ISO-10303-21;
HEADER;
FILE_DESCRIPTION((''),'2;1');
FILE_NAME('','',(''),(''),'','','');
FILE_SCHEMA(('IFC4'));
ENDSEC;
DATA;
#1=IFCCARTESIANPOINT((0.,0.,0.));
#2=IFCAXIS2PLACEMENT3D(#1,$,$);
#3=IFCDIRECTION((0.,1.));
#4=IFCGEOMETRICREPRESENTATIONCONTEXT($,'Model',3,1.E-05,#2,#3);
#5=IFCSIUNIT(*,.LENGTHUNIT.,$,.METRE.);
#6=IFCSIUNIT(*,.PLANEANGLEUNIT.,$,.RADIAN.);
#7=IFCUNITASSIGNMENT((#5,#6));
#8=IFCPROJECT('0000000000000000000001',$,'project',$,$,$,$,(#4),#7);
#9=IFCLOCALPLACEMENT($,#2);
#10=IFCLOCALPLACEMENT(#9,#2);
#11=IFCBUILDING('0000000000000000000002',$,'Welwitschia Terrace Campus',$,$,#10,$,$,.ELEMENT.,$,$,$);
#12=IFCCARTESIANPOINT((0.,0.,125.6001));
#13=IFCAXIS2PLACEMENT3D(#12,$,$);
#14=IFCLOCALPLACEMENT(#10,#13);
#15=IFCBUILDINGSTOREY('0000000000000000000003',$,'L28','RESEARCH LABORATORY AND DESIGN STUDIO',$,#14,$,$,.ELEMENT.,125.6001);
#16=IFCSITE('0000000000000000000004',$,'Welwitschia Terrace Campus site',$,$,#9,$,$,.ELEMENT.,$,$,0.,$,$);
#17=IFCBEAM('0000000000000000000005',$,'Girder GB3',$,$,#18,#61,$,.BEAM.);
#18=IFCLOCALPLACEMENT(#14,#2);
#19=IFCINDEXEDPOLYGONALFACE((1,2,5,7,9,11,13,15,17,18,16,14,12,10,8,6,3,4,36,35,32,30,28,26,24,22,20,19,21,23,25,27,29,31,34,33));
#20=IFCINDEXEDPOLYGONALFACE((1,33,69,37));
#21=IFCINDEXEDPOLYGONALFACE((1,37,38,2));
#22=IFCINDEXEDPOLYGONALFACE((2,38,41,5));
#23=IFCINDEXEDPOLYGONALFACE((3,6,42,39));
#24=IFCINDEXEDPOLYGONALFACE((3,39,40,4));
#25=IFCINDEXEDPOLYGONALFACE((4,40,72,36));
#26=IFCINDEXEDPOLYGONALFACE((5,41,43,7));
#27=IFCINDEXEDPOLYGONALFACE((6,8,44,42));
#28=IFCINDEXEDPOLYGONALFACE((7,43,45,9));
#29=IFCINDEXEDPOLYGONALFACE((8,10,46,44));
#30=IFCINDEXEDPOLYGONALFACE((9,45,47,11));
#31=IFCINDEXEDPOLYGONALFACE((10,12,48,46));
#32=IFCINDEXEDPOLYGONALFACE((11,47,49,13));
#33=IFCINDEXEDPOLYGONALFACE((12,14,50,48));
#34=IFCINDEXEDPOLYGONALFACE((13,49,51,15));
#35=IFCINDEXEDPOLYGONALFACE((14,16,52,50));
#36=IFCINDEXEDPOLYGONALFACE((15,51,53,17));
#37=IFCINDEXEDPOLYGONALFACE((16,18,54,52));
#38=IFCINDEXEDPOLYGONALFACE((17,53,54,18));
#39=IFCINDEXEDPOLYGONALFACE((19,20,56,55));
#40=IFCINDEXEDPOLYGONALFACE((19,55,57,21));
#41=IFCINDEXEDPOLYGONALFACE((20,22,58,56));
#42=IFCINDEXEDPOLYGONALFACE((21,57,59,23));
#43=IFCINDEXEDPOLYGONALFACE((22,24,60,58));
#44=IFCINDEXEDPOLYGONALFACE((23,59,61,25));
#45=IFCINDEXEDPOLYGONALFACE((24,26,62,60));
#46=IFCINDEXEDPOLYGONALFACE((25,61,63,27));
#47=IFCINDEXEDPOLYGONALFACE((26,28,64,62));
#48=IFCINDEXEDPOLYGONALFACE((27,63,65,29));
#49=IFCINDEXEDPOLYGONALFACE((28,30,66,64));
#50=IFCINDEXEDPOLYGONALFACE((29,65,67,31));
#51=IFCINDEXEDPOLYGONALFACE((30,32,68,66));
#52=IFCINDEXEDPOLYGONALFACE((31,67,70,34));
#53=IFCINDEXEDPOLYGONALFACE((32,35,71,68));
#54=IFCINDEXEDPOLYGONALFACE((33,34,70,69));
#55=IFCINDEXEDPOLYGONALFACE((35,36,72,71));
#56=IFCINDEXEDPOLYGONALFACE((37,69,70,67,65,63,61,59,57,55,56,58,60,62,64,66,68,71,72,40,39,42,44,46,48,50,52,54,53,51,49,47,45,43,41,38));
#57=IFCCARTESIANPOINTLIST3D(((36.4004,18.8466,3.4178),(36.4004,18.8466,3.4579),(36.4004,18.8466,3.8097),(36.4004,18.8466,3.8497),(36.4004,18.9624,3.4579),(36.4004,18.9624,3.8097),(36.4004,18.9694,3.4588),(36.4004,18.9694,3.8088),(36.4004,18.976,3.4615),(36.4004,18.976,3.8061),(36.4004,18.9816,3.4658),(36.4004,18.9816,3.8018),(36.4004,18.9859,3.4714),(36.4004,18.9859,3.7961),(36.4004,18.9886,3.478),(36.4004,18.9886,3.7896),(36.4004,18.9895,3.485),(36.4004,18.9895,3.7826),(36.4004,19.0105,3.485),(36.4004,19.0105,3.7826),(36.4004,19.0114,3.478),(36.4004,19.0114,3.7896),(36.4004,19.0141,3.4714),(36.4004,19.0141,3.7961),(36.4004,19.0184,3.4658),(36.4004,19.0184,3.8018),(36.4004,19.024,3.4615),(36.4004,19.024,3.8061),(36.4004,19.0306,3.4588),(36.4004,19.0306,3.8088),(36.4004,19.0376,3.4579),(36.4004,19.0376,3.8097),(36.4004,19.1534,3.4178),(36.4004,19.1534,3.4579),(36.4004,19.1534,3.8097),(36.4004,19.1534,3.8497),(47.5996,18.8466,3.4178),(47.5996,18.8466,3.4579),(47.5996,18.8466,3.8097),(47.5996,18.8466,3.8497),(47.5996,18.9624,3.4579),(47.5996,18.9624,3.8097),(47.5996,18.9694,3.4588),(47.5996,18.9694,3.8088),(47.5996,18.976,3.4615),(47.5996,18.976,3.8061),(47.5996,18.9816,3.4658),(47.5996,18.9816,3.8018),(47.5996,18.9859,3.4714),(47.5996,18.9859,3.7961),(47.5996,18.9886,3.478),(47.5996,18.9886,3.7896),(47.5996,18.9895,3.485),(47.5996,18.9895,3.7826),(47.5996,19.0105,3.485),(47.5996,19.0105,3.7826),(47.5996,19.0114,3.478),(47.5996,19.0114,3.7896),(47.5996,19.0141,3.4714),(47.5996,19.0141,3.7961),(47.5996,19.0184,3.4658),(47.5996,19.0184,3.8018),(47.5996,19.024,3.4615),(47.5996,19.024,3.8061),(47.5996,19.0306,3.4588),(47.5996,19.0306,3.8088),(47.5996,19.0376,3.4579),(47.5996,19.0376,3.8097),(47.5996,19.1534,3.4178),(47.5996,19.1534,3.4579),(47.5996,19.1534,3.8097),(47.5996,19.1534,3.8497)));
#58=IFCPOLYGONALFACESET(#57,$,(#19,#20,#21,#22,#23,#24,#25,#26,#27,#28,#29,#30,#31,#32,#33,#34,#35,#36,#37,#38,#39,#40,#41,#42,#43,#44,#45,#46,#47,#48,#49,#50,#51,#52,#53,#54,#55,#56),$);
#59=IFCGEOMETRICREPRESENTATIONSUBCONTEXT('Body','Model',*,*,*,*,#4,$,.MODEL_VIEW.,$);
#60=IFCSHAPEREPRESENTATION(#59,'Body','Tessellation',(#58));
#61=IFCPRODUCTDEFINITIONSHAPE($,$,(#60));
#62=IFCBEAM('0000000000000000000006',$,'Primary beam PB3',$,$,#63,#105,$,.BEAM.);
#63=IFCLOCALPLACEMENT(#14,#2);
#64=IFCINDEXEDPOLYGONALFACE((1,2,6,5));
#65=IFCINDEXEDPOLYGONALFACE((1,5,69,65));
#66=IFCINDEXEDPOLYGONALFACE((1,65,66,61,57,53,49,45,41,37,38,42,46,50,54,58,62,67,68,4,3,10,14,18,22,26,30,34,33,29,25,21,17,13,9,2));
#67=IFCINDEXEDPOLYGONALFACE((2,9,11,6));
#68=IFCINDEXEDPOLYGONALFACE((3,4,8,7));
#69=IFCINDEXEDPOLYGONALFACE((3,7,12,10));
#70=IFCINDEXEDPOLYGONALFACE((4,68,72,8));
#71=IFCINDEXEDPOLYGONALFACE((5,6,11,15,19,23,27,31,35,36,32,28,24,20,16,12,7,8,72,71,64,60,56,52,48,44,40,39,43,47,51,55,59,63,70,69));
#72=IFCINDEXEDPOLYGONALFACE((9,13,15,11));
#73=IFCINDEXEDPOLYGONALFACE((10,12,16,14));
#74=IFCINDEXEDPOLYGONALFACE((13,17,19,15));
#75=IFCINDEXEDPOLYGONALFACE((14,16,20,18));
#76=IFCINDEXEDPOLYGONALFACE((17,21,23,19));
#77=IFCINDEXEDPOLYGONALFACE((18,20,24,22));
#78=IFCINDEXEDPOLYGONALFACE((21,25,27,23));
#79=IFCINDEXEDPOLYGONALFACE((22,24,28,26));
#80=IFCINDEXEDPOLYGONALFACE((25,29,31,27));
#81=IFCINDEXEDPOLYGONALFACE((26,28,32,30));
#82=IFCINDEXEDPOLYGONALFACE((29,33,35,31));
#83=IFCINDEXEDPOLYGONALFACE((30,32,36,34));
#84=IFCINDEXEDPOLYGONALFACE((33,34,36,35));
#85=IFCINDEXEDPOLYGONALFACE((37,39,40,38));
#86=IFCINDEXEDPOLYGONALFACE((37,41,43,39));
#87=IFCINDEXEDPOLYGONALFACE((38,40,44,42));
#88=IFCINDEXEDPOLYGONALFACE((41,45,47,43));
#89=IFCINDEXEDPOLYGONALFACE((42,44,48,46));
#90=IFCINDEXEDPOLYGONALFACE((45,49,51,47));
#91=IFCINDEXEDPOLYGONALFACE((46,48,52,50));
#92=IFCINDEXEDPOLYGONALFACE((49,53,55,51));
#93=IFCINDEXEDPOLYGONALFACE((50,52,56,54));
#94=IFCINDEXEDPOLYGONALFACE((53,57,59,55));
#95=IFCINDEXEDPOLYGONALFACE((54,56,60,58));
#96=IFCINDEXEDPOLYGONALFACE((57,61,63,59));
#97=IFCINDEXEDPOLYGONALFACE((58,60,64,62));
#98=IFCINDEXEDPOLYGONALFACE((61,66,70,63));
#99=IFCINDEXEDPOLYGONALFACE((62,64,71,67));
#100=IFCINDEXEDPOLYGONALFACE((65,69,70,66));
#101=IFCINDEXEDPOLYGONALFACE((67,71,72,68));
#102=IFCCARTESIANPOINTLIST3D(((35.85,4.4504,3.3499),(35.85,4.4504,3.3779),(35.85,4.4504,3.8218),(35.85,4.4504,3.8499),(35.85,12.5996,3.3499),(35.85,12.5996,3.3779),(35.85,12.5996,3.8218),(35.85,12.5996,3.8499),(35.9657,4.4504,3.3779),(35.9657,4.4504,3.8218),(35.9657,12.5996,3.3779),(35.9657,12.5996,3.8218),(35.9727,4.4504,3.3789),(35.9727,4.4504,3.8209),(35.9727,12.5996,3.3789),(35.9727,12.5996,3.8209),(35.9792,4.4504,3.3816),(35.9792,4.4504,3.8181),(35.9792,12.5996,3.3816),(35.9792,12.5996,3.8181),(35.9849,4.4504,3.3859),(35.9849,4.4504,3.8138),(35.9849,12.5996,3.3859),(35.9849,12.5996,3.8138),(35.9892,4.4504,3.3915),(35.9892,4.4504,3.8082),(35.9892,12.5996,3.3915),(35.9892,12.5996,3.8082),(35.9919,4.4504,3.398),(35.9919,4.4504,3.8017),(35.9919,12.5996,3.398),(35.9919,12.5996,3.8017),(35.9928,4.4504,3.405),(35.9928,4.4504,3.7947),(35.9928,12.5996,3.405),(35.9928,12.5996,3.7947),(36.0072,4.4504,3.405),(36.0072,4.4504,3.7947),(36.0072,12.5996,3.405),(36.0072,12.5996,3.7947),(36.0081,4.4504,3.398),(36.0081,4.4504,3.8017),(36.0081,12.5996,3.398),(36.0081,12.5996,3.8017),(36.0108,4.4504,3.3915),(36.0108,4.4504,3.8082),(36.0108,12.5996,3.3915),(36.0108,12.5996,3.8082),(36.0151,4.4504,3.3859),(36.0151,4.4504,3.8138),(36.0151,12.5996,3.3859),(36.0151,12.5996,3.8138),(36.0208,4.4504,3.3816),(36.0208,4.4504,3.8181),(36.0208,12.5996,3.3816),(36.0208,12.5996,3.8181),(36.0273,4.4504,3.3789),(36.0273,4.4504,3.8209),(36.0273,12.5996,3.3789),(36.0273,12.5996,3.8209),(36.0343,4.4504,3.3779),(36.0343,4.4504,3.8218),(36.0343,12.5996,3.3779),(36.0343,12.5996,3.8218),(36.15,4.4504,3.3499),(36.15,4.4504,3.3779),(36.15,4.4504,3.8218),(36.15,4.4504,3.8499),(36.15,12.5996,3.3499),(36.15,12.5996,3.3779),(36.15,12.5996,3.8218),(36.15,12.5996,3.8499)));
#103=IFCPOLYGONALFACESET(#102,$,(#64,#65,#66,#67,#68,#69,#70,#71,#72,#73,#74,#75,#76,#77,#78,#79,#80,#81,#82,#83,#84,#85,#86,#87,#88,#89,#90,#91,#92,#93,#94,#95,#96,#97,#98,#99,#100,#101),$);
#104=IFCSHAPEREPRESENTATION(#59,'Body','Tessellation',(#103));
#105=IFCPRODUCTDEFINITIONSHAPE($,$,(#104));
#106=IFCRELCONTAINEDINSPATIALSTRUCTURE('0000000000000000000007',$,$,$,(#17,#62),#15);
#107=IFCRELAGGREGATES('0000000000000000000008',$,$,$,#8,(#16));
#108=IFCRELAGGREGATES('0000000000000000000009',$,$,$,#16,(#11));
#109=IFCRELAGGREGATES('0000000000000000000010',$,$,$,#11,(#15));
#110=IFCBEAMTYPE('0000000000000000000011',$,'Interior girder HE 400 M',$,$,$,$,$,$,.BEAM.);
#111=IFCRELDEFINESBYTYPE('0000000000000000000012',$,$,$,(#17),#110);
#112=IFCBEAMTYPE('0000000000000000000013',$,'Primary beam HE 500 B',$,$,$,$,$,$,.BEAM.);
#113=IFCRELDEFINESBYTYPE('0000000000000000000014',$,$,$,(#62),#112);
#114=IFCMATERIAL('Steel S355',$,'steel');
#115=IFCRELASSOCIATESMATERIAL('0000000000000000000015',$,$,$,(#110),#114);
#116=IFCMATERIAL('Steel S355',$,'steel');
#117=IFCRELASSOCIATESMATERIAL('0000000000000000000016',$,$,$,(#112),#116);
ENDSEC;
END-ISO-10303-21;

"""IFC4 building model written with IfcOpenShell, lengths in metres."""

from ifc_helpers import new_model, si_unit, direction, frame, origin, origin_2d, place, context, subcontext, project, spatial, i_section, extrude, material, material_profile, profile_set, type_object, element, save


model = new_model("IFC4")

# Units and contexts
model_context = context("Model", 3, precision=1e-05, world=origin(), true_north=direction((0.0, 1.0)))
body_context = subcontext(model_context, "Body", "Model", "MODEL_VIEW")
ifc_project = project(units=[si_unit("LENGTHUNIT", "METRE"), si_unit("PLANEANGLEUNIT", "RADIAN")], contexts=[model_context])

# Site, building, storey
site_placement = place(None, origin())
site = spatial("IfcSite", under=ifc_project, at=site_placement, Name="Welwitschia Terrace Campus site", CompositionType="ELEMENT", RefElevation=0.0)
building_placement = place(site_placement, origin())
building = spatial("IfcBuilding", under=site, at=building_placement, Name="Welwitschia Terrace Campus", CompositionType="ELEMENT")
storey_placement = place(building_placement, frame((0.0, 0.0, 125.6001)))
storey = spatial("IfcBuildingStorey", under=building, at=storey_placement, Name="L28", Description="RESEARCH LABORATORY AND DESIGN STUDIO", CompositionType="ELEMENT", Elevation=125.6001)

# Beams
ifc_material_1 = material(Name="Steel S355", Category="steel")
ifc_material_profile_1 = material_profile(ifc_material_1, i_section(OverallWidth=0.3069, OverallDepth=0.4319, WebThickness=0.021, FlangeThickness=0.04, FilletRadius=0.0271, at=origin_2d()))
ifc_profile_set_1 = profile_set([ifc_material_profile_1], Name="Steel S355")
beam_type_1 = type_object("IfcBeamType", Name="Interior girder HE 400 M", PredefinedType="BEAM", material=ifc_profile_set_1)
beam_1_placement = place(storey_placement, frame((36.4004, 19.0, 3.6338), z_axis=(1.0, 0.0, 0.0), x_axis=(0.0, 1.0, 0.0)))
element("IfcBeam", 1, at=beam_1_placement, inside=storey, type_object=beam_type_1, Name="Girder GB3", PredefinedType="BEAM", context=body_context, shape_type="SweptSolid", body=[
    extrude(i_section(OverallWidth=0.3069, OverallDepth=0.4319, WebThickness=0.021, FlangeThickness=0.04, FilletRadius=0.0271, at=origin_2d()), origin(), (0.0, 0.0, 1.0), 11.1992),
])
ifc_material_2 = material(Name="Steel S355", Category="steel")
ifc_material_profile_2 = material_profile(ifc_material_2, i_section(OverallWidth=0.3, OverallDepth=0.5, WebThickness=0.0144, FlangeThickness=0.0281, FilletRadius=0.0271, at=origin_2d()))
ifc_profile_set_2 = profile_set([ifc_material_profile_2], Name="Steel S355")
beam_type_2 = type_object("IfcBeamType", Name="Primary beam HE 500 B", PredefinedType="BEAM", material=ifc_profile_set_2)
beam_2_placement = place(storey_placement, frame((36.0, 4.4504, 3.5999), z_axis=(0.0, 1.0, 0.0), x_axis=(-1.0, 0.0, 0.0)))
element("IfcBeam", 2, at=beam_2_placement, inside=storey, type_object=beam_type_2, Name="Primary beam PB3", PredefinedType="BEAM", context=body_context, shape_type="SweptSolid", body=[
    extrude(i_section(OverallWidth=0.3, OverallDepth=0.5, WebThickness=0.0144, FlangeThickness=0.0281, FilletRadius=0.0271, at=origin_2d()), origin(), (0.0, 0.0, 1.0), 8.1492),
])

save(model, "model.ifc")
